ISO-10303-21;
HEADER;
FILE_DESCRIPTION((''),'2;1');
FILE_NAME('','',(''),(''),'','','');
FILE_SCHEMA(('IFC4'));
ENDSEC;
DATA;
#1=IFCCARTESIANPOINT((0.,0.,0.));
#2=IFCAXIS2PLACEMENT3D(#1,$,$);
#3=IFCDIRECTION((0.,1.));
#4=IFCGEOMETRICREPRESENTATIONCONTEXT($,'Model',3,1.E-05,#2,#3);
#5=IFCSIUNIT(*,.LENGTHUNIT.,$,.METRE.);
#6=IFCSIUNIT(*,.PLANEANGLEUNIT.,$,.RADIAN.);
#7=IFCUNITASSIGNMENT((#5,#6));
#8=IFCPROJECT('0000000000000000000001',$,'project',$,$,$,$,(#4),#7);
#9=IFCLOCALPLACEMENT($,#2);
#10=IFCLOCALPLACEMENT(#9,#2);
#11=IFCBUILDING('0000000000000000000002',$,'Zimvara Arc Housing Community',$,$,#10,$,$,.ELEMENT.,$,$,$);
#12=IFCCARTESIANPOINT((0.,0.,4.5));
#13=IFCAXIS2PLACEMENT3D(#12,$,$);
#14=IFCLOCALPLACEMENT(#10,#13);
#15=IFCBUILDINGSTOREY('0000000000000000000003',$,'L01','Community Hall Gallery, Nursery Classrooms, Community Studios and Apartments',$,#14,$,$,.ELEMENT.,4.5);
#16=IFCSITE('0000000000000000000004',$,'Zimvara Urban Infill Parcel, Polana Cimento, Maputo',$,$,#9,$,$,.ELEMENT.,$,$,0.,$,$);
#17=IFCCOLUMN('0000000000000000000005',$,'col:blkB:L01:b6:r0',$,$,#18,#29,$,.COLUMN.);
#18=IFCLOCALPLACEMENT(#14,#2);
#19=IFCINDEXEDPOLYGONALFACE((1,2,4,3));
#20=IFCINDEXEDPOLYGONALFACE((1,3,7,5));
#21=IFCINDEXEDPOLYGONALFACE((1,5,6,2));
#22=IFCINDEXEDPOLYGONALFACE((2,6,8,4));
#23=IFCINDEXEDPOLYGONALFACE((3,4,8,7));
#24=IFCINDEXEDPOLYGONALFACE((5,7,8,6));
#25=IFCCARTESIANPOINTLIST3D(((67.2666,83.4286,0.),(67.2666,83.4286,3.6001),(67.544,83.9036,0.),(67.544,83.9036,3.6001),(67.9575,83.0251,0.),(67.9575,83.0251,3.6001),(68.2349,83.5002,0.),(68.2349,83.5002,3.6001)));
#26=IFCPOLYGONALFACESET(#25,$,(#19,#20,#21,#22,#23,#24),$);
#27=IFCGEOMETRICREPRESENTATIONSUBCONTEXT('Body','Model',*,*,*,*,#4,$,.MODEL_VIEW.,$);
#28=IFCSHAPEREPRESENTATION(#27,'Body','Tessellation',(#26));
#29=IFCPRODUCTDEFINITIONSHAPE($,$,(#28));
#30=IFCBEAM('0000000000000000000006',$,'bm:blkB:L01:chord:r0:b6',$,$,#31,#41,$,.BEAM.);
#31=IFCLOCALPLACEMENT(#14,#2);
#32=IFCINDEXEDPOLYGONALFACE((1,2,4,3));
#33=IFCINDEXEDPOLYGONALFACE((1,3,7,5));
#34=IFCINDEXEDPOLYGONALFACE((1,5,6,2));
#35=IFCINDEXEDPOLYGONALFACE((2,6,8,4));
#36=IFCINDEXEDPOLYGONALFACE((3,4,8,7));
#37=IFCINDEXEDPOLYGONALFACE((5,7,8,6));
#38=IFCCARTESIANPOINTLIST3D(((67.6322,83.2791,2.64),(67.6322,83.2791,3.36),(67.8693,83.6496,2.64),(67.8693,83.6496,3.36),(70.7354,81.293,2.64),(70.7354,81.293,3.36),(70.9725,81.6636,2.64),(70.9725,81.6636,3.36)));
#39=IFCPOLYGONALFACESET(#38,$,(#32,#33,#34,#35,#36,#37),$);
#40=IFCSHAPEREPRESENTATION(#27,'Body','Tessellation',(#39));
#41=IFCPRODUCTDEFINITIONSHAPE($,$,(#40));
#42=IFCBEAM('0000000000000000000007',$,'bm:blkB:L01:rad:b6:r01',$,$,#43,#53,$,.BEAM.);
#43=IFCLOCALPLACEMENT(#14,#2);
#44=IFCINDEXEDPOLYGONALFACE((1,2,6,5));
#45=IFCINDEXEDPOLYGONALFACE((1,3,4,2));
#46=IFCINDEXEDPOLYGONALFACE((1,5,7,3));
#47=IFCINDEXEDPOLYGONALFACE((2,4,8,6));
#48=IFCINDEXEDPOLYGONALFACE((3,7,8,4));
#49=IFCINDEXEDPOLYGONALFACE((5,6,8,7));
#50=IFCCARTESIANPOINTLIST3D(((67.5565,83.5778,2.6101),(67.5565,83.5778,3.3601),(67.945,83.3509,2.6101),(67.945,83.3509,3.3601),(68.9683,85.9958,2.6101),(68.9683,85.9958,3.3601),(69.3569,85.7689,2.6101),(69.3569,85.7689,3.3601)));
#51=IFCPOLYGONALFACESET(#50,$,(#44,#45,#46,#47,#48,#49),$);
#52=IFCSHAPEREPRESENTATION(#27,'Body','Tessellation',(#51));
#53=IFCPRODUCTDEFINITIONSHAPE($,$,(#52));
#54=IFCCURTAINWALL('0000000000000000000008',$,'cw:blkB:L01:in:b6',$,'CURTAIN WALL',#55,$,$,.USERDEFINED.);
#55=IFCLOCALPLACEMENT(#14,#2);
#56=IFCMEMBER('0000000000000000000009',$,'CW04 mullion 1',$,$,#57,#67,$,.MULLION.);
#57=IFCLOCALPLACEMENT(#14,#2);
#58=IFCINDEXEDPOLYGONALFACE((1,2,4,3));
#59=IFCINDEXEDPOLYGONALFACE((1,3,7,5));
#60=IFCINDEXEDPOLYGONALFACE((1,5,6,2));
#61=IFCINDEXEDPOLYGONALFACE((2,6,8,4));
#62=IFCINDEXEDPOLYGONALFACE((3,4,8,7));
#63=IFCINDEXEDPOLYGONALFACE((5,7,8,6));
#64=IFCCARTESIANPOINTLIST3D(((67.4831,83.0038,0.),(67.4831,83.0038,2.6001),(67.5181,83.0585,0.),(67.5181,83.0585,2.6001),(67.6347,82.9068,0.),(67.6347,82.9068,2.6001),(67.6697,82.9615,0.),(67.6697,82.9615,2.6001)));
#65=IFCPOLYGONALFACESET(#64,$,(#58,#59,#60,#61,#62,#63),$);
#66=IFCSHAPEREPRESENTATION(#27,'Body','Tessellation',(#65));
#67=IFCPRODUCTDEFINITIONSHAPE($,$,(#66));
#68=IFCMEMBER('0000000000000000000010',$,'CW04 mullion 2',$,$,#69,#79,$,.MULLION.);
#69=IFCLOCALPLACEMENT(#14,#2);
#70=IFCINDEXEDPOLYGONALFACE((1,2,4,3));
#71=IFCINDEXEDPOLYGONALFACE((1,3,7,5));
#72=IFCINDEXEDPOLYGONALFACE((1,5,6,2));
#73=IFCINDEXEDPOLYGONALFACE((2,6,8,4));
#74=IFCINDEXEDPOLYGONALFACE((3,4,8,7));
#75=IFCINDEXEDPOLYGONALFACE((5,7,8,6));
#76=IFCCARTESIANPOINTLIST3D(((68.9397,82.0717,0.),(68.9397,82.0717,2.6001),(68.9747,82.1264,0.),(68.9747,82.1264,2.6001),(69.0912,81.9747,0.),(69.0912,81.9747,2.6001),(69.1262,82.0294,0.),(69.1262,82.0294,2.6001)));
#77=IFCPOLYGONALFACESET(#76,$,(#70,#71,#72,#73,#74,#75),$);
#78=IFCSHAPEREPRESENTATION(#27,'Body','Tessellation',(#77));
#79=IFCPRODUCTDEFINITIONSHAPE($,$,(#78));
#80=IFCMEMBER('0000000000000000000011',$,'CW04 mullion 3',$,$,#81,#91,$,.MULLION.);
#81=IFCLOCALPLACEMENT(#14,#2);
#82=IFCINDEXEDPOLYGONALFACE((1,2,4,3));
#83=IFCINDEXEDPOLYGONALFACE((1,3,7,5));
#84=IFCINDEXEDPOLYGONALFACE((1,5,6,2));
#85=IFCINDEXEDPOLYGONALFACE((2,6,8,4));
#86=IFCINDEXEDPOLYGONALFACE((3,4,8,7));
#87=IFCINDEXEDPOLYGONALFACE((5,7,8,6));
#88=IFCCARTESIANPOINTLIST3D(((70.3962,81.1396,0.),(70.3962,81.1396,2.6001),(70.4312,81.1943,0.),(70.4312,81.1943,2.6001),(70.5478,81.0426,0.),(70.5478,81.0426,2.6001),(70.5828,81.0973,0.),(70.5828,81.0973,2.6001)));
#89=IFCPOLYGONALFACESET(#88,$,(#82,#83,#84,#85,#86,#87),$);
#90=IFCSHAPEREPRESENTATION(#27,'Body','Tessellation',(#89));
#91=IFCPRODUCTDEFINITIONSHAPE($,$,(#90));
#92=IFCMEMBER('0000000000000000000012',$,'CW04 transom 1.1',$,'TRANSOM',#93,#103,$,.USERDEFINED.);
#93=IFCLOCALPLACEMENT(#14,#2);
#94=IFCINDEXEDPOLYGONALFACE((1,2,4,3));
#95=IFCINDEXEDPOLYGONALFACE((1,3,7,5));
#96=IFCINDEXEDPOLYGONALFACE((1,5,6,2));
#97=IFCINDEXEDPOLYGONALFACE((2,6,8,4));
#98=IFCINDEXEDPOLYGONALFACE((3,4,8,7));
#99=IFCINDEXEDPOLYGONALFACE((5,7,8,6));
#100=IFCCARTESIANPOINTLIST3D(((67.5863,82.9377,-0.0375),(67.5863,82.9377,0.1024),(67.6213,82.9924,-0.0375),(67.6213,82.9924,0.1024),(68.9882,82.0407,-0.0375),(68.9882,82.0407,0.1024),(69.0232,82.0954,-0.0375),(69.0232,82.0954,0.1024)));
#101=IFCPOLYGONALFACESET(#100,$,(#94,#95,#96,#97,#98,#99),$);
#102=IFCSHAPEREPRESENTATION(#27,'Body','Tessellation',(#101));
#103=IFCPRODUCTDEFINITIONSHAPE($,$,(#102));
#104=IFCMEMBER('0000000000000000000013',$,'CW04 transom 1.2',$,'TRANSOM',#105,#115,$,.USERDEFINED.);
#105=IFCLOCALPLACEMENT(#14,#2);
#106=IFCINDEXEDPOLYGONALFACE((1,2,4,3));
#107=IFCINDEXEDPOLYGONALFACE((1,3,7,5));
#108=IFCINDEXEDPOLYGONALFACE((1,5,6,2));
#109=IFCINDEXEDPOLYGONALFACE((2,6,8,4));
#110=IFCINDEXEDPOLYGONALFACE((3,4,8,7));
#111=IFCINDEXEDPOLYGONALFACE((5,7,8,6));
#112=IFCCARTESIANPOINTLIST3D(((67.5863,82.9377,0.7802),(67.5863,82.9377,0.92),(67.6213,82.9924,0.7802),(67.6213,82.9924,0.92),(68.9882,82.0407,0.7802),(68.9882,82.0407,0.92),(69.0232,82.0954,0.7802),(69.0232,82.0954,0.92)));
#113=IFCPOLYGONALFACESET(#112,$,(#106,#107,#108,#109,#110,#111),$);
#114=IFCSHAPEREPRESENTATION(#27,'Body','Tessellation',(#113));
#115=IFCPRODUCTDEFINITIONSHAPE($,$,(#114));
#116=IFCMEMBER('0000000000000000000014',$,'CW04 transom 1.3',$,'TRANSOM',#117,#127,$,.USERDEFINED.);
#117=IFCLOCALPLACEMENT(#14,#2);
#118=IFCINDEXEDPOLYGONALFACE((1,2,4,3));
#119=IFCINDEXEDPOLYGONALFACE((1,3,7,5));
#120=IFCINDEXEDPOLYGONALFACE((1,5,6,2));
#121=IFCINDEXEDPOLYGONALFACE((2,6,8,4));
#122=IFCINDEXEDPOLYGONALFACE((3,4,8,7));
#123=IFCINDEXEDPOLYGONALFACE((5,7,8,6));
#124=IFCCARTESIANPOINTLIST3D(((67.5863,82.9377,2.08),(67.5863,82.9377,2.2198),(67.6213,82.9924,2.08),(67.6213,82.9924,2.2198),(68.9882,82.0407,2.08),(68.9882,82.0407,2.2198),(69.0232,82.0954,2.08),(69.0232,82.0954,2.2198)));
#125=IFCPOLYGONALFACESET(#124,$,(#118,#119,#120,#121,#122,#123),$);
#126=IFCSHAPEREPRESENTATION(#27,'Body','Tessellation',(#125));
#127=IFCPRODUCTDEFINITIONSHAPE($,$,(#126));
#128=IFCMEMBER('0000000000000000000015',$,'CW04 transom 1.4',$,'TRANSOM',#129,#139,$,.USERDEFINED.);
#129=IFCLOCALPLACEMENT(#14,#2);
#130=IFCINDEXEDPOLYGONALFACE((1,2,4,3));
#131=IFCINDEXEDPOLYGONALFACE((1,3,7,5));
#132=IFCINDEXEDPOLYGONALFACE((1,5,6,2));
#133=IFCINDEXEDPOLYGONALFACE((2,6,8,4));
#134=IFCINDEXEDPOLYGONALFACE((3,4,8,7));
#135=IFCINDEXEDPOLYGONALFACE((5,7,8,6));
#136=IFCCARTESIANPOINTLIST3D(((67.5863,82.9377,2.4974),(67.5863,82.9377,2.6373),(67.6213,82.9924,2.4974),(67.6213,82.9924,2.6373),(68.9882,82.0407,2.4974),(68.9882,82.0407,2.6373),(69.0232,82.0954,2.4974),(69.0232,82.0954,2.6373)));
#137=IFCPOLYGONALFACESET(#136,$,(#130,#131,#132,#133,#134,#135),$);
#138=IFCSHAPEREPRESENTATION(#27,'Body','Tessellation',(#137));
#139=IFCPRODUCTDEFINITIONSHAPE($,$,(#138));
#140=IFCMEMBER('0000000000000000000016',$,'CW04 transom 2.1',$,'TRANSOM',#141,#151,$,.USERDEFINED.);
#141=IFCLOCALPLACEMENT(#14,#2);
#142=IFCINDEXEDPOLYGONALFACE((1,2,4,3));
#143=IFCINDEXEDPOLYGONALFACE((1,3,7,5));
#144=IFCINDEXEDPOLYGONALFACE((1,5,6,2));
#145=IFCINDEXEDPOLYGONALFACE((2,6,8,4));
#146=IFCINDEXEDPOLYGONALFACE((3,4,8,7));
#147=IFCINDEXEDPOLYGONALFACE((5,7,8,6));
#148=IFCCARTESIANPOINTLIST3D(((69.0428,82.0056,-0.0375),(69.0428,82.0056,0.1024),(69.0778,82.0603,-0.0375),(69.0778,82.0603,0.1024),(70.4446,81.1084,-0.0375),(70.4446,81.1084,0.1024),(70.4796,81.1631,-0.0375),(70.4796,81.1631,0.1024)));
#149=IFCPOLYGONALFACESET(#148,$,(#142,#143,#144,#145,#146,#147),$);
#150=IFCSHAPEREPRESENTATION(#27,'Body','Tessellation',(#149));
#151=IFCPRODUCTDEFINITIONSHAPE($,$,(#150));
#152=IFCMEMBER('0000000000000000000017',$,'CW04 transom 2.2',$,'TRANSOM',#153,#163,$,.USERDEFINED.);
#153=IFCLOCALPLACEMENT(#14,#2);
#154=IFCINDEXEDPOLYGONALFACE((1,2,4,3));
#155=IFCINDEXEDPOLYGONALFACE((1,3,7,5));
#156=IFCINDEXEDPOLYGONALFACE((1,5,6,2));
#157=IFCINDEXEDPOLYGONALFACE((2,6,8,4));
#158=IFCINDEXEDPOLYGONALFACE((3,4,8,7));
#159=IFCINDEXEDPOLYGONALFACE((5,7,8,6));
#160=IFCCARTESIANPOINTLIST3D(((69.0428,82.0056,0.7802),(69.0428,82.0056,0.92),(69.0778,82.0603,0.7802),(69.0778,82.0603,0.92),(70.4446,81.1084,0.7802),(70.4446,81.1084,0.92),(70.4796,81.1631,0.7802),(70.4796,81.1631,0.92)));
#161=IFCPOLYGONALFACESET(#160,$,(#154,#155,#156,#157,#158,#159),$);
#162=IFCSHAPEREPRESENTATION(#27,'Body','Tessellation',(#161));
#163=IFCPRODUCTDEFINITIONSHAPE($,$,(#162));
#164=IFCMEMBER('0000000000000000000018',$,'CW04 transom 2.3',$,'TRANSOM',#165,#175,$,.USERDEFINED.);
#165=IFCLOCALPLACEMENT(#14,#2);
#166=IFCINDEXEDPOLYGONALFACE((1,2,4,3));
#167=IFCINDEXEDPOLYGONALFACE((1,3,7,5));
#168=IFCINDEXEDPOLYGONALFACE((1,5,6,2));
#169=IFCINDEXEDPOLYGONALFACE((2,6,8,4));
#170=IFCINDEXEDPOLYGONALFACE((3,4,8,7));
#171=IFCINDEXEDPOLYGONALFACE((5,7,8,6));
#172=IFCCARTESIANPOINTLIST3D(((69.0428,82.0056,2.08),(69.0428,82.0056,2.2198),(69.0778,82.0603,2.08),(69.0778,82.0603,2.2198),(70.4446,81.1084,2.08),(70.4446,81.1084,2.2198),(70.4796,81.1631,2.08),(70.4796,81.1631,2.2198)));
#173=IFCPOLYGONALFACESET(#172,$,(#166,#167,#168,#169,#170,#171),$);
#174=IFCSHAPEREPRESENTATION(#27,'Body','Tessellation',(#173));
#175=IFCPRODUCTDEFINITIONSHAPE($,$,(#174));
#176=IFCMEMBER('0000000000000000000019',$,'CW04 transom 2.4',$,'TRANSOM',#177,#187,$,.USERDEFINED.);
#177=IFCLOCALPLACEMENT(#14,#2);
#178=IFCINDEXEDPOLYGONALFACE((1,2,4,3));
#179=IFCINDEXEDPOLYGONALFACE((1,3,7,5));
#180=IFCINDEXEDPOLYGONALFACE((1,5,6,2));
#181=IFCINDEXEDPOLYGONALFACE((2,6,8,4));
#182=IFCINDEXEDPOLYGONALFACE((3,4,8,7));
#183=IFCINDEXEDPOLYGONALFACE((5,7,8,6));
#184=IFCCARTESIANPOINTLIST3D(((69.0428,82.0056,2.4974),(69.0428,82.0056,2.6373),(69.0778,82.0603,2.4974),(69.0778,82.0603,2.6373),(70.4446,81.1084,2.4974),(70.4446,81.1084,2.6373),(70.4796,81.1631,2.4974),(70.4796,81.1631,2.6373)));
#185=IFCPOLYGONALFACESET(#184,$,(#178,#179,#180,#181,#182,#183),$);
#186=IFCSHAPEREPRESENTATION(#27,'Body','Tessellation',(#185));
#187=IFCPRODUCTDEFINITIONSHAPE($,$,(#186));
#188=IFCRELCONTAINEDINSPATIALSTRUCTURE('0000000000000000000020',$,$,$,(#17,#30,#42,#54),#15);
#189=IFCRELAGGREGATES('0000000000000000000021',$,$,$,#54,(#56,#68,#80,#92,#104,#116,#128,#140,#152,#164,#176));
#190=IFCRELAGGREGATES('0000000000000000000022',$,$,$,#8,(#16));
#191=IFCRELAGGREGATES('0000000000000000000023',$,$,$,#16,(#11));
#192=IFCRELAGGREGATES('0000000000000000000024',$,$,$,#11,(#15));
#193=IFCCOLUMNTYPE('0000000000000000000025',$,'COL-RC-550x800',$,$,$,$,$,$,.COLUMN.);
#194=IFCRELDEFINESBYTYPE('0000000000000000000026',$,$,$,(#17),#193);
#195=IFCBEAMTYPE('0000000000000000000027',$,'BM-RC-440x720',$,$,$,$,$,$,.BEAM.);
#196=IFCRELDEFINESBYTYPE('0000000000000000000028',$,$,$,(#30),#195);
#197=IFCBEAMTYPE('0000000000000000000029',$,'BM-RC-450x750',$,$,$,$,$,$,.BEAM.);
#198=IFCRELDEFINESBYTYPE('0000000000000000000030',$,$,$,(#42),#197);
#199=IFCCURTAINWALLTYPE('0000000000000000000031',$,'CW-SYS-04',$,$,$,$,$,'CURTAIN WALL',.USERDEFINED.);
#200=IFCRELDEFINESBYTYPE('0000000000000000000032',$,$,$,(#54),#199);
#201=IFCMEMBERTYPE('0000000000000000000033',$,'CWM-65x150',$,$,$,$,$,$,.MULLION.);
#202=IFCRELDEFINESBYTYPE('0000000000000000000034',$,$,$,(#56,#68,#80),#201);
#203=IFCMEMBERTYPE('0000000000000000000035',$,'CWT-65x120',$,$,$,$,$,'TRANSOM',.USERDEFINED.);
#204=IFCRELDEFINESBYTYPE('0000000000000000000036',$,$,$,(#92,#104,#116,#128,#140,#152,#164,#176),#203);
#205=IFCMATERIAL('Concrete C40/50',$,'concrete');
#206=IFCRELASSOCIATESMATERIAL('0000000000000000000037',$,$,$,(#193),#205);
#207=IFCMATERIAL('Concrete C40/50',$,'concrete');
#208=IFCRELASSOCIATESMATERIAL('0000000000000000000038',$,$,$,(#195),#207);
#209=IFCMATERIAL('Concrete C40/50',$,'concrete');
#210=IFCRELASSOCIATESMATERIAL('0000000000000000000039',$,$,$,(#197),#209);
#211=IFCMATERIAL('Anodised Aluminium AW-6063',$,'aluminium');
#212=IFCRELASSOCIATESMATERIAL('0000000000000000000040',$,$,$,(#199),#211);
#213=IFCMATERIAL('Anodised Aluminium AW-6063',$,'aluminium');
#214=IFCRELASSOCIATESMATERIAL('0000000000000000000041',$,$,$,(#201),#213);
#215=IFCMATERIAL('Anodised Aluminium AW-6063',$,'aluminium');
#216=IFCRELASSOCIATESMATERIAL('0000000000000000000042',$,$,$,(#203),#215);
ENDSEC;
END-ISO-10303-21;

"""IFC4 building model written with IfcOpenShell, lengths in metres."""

from ifc_helpers import new_model, si_unit, direction, frame, origin, origin_2d, place, context, subcontext, project, spatial, rectangle, extrude, material, material_profile, profile_set, type_object, element, aggregate, save


model = new_model("IFC4")

# Units and contexts
model_context = context("Model", 3, precision=1e-05, world=origin(), true_north=direction((0.0, 1.0)))
body_context = subcontext(model_context, "Body", "Model", "MODEL_VIEW")
ifc_project = project(units=[si_unit("LENGTHUNIT", "METRE"), si_unit("PLANEANGLEUNIT", "RADIAN")], contexts=[model_context])

# Site, building, storey
site_placement = place(None, origin())
site = spatial("IfcSite", under=ifc_project, at=site_placement, Name="Zimvara Urban Infill Parcel, Polana Cimento, Maputo", CompositionType="ELEMENT", RefElevation=0.0)
building_placement = place(site_placement, origin())
building = spatial("IfcBuilding", under=site, at=building_placement, Name="Zimvara Arc Housing Community", CompositionType="ELEMENT")
storey_placement = place(building_placement, frame((0.0, 0.0, 4.5)))
storey = spatial("IfcBuildingStorey", under=building, at=storey_placement, Name="L01", Description="Community Hall Gallery, Nursery Classrooms, Community Studios and Apartments", CompositionType="ELEMENT", Elevation=4.5)

# Column
ifc_material_1 = material(Name="Concrete C40/50", Category="concrete")
ifc_material_profile_1 = material_profile(ifc_material_1, rectangle(XDim=0.55, YDim=0.8, at=origin_2d()), Name="RC 550x800")
ifc_profile_set_1 = profile_set([ifc_material_profile_1], Name="Concrete C40/50")
column_type = type_object("IfcColumnType", Name="COL-RC-550x800", PredefinedType="COLUMN", material=ifc_profile_set_1)
column_placement = place(storey_placement, frame((67.7507, 83.4644, 0.0), z_axis=(0.0, 0.0, 1.0), x_axis=(0.504226, 0.863572, 0.0)))
element("IfcColumn", 1, at=column_placement, inside=storey, type_object=column_type, Name="col:blkB:L01:b6:r0", PredefinedType="COLUMN", context=body_context, shape_type="SweptSolid", body=[
    extrude(rectangle(XDim=0.55, YDim=0.8, at=origin_2d()), origin(), (0.0, 0.0, 1.0), 3.6001),
])

# Beams
ifc_material_2 = material(Name="Concrete C40/50", Category="concrete")
ifc_material_profile_2 = material_profile(ifc_material_2, rectangle(XDim=0.4399, YDim=0.72, at=origin_2d()), Name="RC 440x720")
ifc_profile_set_2 = profile_set([ifc_material_profile_2], Name="Concrete C40/50")
beam_type_1 = type_object("IfcBeamType", Name="BM-RC-440x720", PredefinedType="BEAM", material=ifc_profile_set_2)
beam_1_placement = place(storey_placement, frame((67.7507, 83.4644, 3.0), z_axis=(0.842273, -0.539052, 0.0), x_axis=(0.539052, 0.842273, 0.0)))
element("IfcBeam", 2, at=beam_1_placement, inside=storey, type_object=beam_type_1, Name="bm:blkB:L01:chord:r0:b6", PredefinedType="BEAM", context=body_context, shape_type="SweptSolid", body=[
    extrude(rectangle(XDim=0.4399, YDim=0.72, at=origin_2d()), origin(), (0.0, 0.0, 1.0), 3.6843),
])
ifc_material_3 = material(Name="Concrete C40/50", Category="concrete")
ifc_material_profile_3 = material_profile(ifc_material_3, rectangle(XDim=0.45, YDim=0.75, at=origin_2d()), Name="RC 450x750")
ifc_profile_set_3 = profile_set([ifc_material_profile_3], Name="Concrete C40/50")
beam_type_2 = type_object("IfcBeamType", Name="BM-RC-450x750", PredefinedType="BEAM", material=ifc_profile_set_3)
beam_2_placement = place(storey_placement, frame((67.7507, 83.4644, 2.9851), z_axis=(0.50424, 0.863564, 0.0), x_axis=(-0.863564, 0.50424, 0.0)))
element("IfcBeam", 3, at=beam_2_placement, inside=storey, type_object=beam_type_2, Name="bm:blkB:L01:rad:b6:r01", PredefinedType="BEAM", context=body_context, shape_type="SweptSolid", body=[
    extrude(rectangle(XDim=0.45, YDim=0.75, at=origin_2d()), origin(), (0.0, 0.0, 1.0), 2.8),
])

# Curtain wall, members
ifc_material_4 = material(Name="Anodised Aluminium AW-6063", Category="aluminium")
curtain_wall_type = type_object("IfcCurtainWallType", Name="CW-SYS-04", ElementType="CURTAIN WALL", PredefinedType="USERDEFINED", material=ifc_material_4)
curtain_wall_placement = place(storey_placement, origin())
curtain_wall = element("IfcCurtainWall", 4, at=curtain_wall_placement, inside=storey, type_object=curtain_wall_type, Name="cw:blkB:L01:in:b6", ObjectType="CURTAIN WALL", PredefinedType="USERDEFINED")
ifc_material_5 = material(Name="Anodised Aluminium AW-6063", Category="aluminium")
ifc_material_profile_4 = material_profile(ifc_material_5, rectangle(XDim=0.0649, YDim=0.1799, at=origin_2d()), Name="ALU 65x180")
ifc_profile_set_4 = profile_set([ifc_material_profile_4], Name="Anodised Aluminium AW-6063")
member_type_1 = type_object("IfcMemberType", Name="CWM-65x150", PredefinedType="MULLION", material=ifc_profile_set_4)
member_1_placement = place(storey_placement, frame((67.5764, 82.9827, 0.0), z_axis=(0.0, 0.0, 1.0), x_axis=(0.539064, 0.842265, 0.0)))
member_1 = element("IfcMember", 5, at=member_1_placement, type_object=member_type_1, Name="CW04 mullion 1", PredefinedType="MULLION", context=body_context, shape_type="SweptSolid", body=[
    extrude(rectangle(XDim=0.0649, YDim=0.1799, at=origin_2d()), origin(), (0.0, 0.0, 1.0), 2.6001),
])
member_2_placement = place(storey_placement, frame((69.033, 82.0505, 0.0), z_axis=(0.0, 0.0, 1.0), x_axis=(0.539064, 0.842265, 0.0)))
member_2 = element("IfcMember", 6, at=member_2_placement, type_object=member_type_1, Name="CW04 mullion 2", PredefinedType="MULLION", context=body_context, shape_type="SweptSolid", body=[
    extrude(rectangle(XDim=0.0649, YDim=0.1799, at=origin_2d()), origin(), (0.0, 0.0, 1.0), 2.6001),
])
member_3_placement = place(storey_placement, frame((70.4895, 81.1184, 0.0), z_axis=(0.0, 0.0, 1.0), x_axis=(0.539064, 0.842265, 0.0)))
member_3 = element("IfcMember", 7, at=member_3_placement, type_object=member_type_1, Name="CW04 mullion 3", PredefinedType="MULLION", context=body_context, shape_type="SweptSolid", body=[
    extrude(rectangle(XDim=0.0649, YDim=0.1799, at=origin_2d()), origin(), (0.0, 0.0, 1.0), 2.6001),
])
ifc_material_6 = material(Name="Anodised Aluminium AW-6063", Category="aluminium")
ifc_material_profile_5 = material_profile(ifc_material_6, rectangle(XDim=0.0649, YDim=0.1399, at=origin_2d()), Name="ALU 65x140")
ifc_profile_set_5 = profile_set([ifc_material_profile_5], Name="Anodised Aluminium AW-6063")
member_type_2 = type_object("IfcMemberType", Name="CWT-65x120", ElementType="TRANSOM", PredefinedType="USERDEFINED", material=ifc_profile_set_5)
member_4_placement = place(storey_placement, frame((67.6038, 82.9651, 0.0325), z_axis=(0.84233, -0.538962, 0.0), x_axis=(0.538962, 0.84233, 0.0)))
member_4 = element("IfcMember", 8, at=member_4_placement, type_object=member_type_2, Name="CW04 transom 1.1", ObjectType="TRANSOM", PredefinedType="USERDEFINED", context=body_context, shape_type="SweptSolid", body=[
    extrude(rectangle(XDim=0.0649, YDim=0.1399, at=origin_2d()), origin(), (0.0, 0.0, 1.0), 1.6643),
])
member_5_placement = place(storey_placement, frame((67.6038, 82.9651, 0.8501), z_axis=(0.84233, -0.538962, 0.0), x_axis=(0.538962, 0.84233, 0.0)))
member_5 = element("IfcMember", 9, at=member_5_placement, type_object=member_type_2, Name="CW04 transom 1.2", ObjectType="TRANSOM", PredefinedType="USERDEFINED", context=body_context, shape_type="SweptSolid", body=[
    extrude(rectangle(XDim=0.0649, YDim=0.1399, at=origin_2d()), origin(), (0.0, 0.0, 1.0), 1.6643),
])
member_6_placement = place(storey_placement, frame((67.6038, 82.9651, 2.1499), z_axis=(0.84233, -0.538962, 0.0), x_axis=(0.538962, 0.84233, 0.0)))
member_6 = element("IfcMember", 10, at=member_6_placement, type_object=member_type_2, Name="CW04 transom 1.3", ObjectType="TRANSOM", PredefinedType="USERDEFINED", context=body_context, shape_type="SweptSolid", body=[
    extrude(rectangle(XDim=0.0649, YDim=0.1399, at=origin_2d()), origin(), (0.0, 0.0, 1.0), 1.6643),
])
member_7_placement = place(storey_placement, frame((67.6038, 82.9651, 2.5674), z_axis=(0.84233, -0.538962, 0.0), x_axis=(0.538962, 0.84233, 0.0)))
member_7 = element("IfcMember", 11, at=member_7_placement, type_object=member_type_2, Name="CW04 transom 1.4", ObjectType="TRANSOM", PredefinedType="USERDEFINED", context=body_context, shape_type="SweptSolid", body=[
    extrude(rectangle(XDim=0.0649, YDim=0.1399, at=origin_2d()), origin(), (0.0, 0.0, 1.0), 1.6643),
])
member_8_placement = place(storey_placement, frame((69.0603, 82.033, 0.0325), z_axis=(0.842263, -0.539066, 0.0), x_axis=(0.539066, 0.842263, 0.0)))
member_8 = element("IfcMember", 12, at=member_8_placement, type_object=member_type_2, Name="CW04 transom 2.1", ObjectType="TRANSOM", PredefinedType="USERDEFINED", context=body_context, shape_type="SweptSolid", body=[
    extrude(rectangle(XDim=0.0649, YDim=0.1399, at=origin_2d()), origin(), (0.0, 0.0, 1.0), 1.6643),
])
member_9_placement = place(storey_placement, frame((69.0603, 82.033, 0.8501), z_axis=(0.842263, -0.539066, 0.0), x_axis=(0.539066, 0.842263, 0.0)))
member_9 = element("IfcMember", 13, at=member_9_placement, type_object=member_type_2, Name="CW04 transom 2.2", ObjectType="TRANSOM", PredefinedType="USERDEFINED", context=body_context, shape_type="SweptSolid", body=[
    extrude(rectangle(XDim=0.0649, YDim=0.1399, at=origin_2d()), origin(), (0.0, 0.0, 1.0), 1.6643),
])
member_10_placement = place(storey_placement, frame((69.0603, 82.033, 2.1499), z_axis=(0.842263, -0.539066, 0.0), x_axis=(0.539066, 0.842263, 0.0)))
member_10 = element("IfcMember", 14, at=member_10_placement, type_object=member_type_2, Name="CW04 transom 2.3", ObjectType="TRANSOM", PredefinedType="USERDEFINED", context=body_context, shape_type="SweptSolid", body=[
    extrude(rectangle(XDim=0.0649, YDim=0.1399, at=origin_2d()), origin(), (0.0, 0.0, 1.0), 1.6643),
])
member_11_placement = place(storey_placement, frame((69.0603, 82.033, 2.5674), z_axis=(0.842263, -0.539066, 0.0), x_axis=(0.539066, 0.842263, 0.0)))
member_11 = element("IfcMember", 15, at=member_11_placement, type_object=member_type_2, Name="CW04 transom 2.4", ObjectType="TRANSOM", PredefinedType="USERDEFINED", context=body_context, shape_type="SweptSolid", body=[
    extrude(rectangle(XDim=0.0649, YDim=0.1399, at=origin_2d()), origin(), (0.0, 0.0, 1.0), 1.6643),
])
aggregate(curtain_wall, [member_1, member_2, member_3, member_4, member_5, member_6, member_7, member_8, member_9, member_10, member_11])

save(model, "model.ifc")
